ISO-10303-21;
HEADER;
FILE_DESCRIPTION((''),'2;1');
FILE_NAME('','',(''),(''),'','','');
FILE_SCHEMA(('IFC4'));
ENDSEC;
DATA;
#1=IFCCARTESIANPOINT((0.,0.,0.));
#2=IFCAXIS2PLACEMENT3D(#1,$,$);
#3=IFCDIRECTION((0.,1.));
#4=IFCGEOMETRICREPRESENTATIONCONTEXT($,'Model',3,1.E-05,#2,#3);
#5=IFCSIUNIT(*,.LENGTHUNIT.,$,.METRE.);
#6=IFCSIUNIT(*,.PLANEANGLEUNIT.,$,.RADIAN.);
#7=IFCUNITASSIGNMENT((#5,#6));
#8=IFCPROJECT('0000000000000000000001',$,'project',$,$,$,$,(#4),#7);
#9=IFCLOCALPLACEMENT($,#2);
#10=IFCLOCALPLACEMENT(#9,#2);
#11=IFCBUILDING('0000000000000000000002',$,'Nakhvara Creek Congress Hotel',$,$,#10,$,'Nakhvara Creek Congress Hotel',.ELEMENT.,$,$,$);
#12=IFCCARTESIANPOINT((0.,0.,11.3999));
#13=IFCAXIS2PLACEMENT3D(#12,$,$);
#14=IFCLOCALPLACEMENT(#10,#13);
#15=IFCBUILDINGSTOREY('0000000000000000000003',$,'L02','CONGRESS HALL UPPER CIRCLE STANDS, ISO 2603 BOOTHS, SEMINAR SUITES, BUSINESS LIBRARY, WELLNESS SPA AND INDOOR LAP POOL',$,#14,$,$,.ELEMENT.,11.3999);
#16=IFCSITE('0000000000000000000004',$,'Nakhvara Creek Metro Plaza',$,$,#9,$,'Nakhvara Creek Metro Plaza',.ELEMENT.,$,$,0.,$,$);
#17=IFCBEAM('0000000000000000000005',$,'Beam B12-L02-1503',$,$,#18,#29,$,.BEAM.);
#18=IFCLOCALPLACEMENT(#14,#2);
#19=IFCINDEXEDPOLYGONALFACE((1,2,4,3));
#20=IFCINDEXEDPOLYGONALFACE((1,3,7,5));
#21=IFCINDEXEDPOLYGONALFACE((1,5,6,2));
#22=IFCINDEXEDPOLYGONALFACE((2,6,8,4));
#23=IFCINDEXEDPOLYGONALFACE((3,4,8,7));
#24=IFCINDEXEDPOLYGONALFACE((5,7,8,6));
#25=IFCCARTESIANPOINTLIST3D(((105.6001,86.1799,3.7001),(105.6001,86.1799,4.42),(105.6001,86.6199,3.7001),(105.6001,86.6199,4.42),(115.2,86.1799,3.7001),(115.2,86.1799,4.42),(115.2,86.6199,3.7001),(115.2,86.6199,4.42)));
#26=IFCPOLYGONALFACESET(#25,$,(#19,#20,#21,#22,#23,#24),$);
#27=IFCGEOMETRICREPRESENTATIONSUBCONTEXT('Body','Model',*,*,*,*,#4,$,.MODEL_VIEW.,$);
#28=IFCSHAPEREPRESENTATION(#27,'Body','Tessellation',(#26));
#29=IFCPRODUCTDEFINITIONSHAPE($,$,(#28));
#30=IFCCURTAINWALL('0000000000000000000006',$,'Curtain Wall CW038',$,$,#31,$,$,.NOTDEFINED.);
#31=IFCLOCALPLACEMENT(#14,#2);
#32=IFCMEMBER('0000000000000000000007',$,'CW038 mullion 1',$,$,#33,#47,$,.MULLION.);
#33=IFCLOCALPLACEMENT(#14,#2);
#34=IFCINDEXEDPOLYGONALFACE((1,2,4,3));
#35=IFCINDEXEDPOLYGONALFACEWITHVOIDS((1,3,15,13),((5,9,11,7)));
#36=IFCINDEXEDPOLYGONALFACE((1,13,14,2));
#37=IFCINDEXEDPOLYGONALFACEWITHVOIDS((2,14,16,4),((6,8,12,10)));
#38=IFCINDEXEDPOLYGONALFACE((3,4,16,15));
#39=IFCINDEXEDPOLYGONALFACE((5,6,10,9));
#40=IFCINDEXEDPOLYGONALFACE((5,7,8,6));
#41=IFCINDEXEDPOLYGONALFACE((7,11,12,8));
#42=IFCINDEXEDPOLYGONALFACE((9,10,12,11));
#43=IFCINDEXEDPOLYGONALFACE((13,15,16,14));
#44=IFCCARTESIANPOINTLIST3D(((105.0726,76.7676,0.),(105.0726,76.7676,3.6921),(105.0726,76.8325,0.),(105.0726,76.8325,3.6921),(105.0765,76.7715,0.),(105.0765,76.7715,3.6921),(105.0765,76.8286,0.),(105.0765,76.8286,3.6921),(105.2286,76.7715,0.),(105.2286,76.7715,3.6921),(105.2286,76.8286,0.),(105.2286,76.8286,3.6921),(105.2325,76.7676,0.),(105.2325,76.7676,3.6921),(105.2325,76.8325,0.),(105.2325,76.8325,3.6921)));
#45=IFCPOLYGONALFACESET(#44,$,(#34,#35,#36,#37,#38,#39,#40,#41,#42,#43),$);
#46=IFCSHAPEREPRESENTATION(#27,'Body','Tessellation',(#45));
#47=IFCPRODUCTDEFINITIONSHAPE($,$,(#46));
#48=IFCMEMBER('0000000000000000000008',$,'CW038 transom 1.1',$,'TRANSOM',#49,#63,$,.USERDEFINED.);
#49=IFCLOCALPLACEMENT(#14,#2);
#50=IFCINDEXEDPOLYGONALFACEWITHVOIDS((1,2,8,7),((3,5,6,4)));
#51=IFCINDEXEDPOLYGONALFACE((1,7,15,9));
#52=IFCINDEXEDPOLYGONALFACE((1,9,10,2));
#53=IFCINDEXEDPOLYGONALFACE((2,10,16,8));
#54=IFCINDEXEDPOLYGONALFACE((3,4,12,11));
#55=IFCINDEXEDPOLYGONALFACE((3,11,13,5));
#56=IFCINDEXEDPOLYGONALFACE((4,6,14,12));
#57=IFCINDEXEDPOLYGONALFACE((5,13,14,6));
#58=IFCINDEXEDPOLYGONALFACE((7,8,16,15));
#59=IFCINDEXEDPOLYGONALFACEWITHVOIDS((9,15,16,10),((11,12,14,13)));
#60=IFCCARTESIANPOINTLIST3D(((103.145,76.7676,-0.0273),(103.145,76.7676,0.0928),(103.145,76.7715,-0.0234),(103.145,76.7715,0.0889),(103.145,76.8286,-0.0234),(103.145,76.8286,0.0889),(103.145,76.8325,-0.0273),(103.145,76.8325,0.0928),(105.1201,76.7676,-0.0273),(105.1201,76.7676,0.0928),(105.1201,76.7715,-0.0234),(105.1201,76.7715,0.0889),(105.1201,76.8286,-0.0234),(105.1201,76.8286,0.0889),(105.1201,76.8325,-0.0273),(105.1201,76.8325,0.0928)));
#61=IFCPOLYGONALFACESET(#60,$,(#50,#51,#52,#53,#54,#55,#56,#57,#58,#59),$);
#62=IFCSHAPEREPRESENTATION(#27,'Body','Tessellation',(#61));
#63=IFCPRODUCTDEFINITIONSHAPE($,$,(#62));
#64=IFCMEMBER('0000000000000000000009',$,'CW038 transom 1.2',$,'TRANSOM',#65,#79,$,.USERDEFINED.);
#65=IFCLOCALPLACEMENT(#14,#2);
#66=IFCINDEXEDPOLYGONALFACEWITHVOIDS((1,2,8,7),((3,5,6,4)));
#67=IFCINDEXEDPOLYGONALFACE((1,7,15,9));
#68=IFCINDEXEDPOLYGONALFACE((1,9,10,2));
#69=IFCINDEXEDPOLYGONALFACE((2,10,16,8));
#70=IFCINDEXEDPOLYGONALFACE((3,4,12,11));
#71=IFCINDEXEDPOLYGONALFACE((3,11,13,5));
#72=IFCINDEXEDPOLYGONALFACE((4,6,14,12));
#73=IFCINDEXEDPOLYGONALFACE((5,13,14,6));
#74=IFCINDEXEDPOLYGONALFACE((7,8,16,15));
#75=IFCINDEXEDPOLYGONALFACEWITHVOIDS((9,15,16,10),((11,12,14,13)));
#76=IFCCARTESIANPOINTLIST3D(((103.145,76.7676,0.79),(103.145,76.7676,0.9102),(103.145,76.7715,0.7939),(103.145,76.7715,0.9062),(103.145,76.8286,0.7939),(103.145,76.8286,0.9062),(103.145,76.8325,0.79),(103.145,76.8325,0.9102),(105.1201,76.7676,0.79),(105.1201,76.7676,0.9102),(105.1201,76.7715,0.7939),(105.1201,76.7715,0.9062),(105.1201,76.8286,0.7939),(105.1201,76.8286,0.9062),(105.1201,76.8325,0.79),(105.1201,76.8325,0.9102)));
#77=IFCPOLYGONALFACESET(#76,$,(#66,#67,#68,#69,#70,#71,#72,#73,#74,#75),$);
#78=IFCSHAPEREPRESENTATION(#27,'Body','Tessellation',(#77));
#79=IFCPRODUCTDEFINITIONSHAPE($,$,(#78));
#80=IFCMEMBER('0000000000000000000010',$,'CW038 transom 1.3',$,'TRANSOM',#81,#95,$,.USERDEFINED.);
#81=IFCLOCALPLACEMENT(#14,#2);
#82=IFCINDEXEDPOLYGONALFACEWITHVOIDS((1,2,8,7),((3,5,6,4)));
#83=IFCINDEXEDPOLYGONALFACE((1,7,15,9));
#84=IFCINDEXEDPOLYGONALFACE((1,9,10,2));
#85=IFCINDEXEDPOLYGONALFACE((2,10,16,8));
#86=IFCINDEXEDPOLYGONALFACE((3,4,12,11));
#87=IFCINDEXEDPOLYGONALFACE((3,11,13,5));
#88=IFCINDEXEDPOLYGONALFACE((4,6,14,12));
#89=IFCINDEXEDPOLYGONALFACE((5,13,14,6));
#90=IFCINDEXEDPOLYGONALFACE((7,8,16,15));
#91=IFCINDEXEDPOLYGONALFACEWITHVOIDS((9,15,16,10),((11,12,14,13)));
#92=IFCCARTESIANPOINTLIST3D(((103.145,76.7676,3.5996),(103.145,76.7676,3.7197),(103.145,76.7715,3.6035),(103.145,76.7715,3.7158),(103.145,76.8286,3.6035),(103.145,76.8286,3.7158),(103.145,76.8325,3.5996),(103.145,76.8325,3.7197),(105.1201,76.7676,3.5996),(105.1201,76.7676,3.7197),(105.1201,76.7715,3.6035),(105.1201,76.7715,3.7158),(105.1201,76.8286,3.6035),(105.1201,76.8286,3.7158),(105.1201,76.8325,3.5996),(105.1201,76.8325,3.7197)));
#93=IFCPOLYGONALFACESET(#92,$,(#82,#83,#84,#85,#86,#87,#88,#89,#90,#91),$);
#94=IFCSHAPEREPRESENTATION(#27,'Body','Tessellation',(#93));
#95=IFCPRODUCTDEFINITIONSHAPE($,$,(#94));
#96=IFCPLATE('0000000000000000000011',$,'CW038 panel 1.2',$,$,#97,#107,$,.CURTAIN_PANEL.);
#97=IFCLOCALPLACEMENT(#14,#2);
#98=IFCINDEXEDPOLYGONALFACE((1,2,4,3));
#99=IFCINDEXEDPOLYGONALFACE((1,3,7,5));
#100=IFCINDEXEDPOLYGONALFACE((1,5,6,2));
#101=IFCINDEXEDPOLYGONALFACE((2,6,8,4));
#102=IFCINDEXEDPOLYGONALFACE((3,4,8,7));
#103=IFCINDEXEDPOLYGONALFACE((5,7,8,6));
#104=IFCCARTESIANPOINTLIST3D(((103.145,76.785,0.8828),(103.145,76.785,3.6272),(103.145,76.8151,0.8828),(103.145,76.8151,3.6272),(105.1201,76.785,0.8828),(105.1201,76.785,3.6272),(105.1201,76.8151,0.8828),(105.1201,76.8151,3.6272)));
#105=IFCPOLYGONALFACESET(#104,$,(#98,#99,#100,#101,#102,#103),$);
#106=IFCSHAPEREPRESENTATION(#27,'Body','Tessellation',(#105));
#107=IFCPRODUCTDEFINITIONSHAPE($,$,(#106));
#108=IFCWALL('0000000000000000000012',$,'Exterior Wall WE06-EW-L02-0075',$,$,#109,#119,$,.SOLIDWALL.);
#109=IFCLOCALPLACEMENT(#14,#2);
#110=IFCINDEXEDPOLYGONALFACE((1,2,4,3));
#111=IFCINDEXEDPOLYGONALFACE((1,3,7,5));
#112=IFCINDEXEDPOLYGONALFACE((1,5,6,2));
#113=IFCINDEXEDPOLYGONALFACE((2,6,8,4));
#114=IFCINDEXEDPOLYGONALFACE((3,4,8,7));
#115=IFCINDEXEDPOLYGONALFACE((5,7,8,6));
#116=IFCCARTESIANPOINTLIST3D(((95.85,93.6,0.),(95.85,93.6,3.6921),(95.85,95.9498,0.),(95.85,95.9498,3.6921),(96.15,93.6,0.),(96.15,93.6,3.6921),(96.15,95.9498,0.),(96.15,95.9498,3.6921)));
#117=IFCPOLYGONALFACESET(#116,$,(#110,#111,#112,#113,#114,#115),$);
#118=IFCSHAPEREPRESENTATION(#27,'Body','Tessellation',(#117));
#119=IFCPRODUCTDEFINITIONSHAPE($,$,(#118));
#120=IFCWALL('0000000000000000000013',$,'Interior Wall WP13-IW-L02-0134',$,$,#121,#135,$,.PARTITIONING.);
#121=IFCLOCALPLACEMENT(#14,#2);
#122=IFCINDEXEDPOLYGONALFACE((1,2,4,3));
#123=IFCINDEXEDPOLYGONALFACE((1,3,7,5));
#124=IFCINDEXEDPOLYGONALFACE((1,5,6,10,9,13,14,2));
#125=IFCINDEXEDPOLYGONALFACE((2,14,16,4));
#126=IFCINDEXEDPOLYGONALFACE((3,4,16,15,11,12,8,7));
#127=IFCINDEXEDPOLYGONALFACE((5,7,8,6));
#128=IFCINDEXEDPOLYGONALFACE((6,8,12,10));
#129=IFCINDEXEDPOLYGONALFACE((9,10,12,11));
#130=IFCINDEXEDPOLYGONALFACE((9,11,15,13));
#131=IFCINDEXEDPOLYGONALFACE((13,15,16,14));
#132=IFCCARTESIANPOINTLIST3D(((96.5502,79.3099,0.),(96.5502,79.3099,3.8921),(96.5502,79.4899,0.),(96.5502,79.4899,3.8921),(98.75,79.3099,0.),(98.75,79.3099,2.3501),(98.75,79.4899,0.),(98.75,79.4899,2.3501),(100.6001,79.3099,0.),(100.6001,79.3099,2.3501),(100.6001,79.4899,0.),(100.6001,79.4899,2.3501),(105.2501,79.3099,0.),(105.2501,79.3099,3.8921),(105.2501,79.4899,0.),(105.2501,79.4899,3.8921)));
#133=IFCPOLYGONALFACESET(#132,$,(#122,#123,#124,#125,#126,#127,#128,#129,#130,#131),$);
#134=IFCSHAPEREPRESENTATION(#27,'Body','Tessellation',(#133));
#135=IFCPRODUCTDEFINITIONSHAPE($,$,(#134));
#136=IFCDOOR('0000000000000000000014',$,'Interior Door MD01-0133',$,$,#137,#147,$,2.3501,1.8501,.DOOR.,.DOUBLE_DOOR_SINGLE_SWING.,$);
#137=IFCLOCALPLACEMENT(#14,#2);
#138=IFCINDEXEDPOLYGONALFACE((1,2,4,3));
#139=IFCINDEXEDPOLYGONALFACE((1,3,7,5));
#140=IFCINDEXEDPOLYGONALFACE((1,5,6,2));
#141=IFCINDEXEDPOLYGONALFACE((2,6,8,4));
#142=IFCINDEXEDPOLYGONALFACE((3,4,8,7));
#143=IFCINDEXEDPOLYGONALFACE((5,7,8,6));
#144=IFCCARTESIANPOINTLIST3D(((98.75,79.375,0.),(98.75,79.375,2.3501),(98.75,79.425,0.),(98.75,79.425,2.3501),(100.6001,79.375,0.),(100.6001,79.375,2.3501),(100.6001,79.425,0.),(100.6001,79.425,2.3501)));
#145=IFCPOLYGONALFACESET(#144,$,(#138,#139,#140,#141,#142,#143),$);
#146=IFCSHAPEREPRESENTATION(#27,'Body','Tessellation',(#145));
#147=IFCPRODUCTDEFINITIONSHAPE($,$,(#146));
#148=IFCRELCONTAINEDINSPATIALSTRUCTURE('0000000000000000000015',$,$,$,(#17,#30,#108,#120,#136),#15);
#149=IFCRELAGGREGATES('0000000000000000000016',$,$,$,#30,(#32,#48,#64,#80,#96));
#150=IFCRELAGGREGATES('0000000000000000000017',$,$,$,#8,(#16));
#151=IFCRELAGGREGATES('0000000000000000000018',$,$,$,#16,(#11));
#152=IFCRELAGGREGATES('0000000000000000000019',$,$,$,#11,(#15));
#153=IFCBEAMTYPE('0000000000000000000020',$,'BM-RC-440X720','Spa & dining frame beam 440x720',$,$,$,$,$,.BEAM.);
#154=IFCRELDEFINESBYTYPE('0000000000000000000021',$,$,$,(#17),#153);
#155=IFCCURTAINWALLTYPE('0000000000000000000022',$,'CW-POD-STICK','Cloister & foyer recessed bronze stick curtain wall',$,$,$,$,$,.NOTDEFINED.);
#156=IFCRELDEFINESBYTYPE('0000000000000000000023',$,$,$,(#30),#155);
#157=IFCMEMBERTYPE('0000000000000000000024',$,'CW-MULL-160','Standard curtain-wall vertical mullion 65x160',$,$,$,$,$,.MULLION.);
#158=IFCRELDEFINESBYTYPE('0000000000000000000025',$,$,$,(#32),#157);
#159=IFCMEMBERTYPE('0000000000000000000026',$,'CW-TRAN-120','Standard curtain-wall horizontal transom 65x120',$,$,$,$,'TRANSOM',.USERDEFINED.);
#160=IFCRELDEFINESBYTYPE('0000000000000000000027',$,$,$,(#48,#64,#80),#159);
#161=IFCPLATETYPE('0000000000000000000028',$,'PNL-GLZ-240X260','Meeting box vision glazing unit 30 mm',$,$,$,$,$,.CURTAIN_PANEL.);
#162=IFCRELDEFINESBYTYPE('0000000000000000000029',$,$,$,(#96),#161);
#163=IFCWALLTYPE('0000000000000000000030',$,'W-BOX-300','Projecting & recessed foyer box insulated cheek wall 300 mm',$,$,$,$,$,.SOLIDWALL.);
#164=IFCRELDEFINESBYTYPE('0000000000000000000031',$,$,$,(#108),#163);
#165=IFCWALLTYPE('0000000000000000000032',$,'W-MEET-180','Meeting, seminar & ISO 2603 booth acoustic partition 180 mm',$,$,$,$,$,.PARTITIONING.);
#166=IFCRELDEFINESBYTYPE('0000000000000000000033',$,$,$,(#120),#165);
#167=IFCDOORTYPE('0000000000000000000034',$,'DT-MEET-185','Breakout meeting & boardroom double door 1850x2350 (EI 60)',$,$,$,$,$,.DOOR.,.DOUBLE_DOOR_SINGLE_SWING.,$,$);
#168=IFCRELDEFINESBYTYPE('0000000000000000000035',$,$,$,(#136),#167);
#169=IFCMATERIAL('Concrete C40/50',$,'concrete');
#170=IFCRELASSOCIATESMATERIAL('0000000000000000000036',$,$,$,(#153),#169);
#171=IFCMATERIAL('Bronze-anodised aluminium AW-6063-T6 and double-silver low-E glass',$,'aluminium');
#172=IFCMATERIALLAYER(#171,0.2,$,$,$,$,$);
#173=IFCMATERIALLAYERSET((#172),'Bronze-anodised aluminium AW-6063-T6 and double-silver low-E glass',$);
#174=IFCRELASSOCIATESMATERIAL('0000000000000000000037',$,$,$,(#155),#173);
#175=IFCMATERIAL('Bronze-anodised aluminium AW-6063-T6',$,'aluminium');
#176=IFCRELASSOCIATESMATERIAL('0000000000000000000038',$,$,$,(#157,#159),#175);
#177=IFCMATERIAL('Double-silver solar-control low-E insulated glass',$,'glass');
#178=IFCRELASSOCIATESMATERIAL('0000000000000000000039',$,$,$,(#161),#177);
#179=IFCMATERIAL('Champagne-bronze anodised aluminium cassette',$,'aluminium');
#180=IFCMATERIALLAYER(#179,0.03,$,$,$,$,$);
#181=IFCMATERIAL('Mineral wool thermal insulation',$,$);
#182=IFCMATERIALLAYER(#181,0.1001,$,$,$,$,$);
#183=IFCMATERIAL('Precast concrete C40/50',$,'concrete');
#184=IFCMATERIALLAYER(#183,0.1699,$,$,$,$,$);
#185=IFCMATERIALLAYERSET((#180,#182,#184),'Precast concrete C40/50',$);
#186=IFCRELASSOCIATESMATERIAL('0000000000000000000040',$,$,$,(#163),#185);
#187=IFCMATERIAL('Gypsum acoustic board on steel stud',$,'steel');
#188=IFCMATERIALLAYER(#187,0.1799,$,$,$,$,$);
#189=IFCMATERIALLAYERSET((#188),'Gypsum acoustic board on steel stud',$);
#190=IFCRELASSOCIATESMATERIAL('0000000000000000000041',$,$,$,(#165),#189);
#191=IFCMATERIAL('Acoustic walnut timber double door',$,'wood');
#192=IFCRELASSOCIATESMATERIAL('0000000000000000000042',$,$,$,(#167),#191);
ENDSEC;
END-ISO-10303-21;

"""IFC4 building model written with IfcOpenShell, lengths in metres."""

from ifc_helpers import new_model, si_unit, direction, frame, frame_2d, origin, origin_2d, place, context, subcontext, project, spatial, rectangle, hollow_rectangle, extrude, material, layer, layer_set, material_profile, profile_set, type_object, element, fill, aggregate, save


model = new_model("IFC4")

# Units and contexts
model_context = context("Model", 3, precision=1e-05, world=origin(), true_north=direction((0.0, 1.0)))
body_context = subcontext(model_context, "Body", "Model", "MODEL_VIEW")
ifc_project = project(units=[si_unit("LENGTHUNIT", "METRE"), si_unit("PLANEANGLEUNIT", "RADIAN")], contexts=[model_context])

# Site, building, storey
site_placement = place(None, origin())
site = spatial("IfcSite", under=ifc_project, at=site_placement, Name="Nakhvara Creek Metro Plaza", LongName="Nakhvara Creek Metro Plaza", CompositionType="ELEMENT", RefElevation=0.0)
building_placement = place(site_placement, origin())
building = spatial("IfcBuilding", under=site, at=building_placement, Name="Nakhvara Creek Congress Hotel", LongName="Nakhvara Creek Congress Hotel", CompositionType="ELEMENT")
storey_placement = place(building_placement, frame((0.0, 0.0, 11.3999)))
storey = spatial("IfcBuildingStorey", under=building, at=storey_placement, Name="L02", Description="CONGRESS HALL UPPER CIRCLE STANDS, ISO 2603 BOOTHS, SEMINAR SUITES, BUSINESS LIBRARY, WELLNESS SPA AND INDOOR LAP POOL", CompositionType="ELEMENT", Elevation=11.3999)

# Beam
ifc_material_1 = material(Name="Concrete C40/50", Category="concrete")
ifc_material_profile_1 = material_profile(ifc_material_1, rectangle(XDim=0.4399, YDim=0.72, at=origin_2d()), Name="RC-BM 440x720", Category="LoadBearing")
ifc_profile_set_1 = profile_set([ifc_material_profile_1], Name="Concrete C40/50")
beam_type_1 = type_object("IfcBeamType", Name="BM-RC-440X720", Description="Spa & dining frame beam 440x720", PredefinedType="BEAM", material=ifc_profile_set_1)
beam_1_placement = place(storey_placement, frame((105.6001, 86.3999, 4.0601), z_axis=(1.0, 0.0, 0.0), x_axis=(0.0, 1.0, 0.0)))
element("IfcBeam", 1, at=beam_1_placement, inside=storey, type_object=beam_type_1, Name="Beam B12-L02-1503", PredefinedType="BEAM", context=body_context, shape_type="SweptSolid", body=[
    extrude(rectangle(XDim=0.4399, YDim=0.72, at=origin_2d()), origin(), (0.0, 0.0, 1.0), 9.5999),
])

# Curtain wall, members, plate
ifc_material_2 = material(Name="Bronze-anodised aluminium AW-6063-T6 and double-silver low-E glass", Category="aluminium")
ifc_layer_1 = layer(ifc_material_2, 0.2)
ifc_layer_set_1 = layer_set([ifc_layer_1], Name="Bronze-anodised aluminium AW-6063-T6 and double-silver low-E glass")
curtain_wall_type = type_object("IfcCurtainWallType", Name="CW-POD-STICK", Description="Cloister & foyer recessed bronze stick curtain wall", PredefinedType="NOTDEFINED", material=ifc_layer_set_1)
curtain_wall_placement = place(storey_placement, origin())
curtain_wall = element("IfcCurtainWall", 2, at=curtain_wall_placement, inside=storey, type_object=curtain_wall_type, Name="Curtain Wall CW038", PredefinedType="NOTDEFINED")
ifc_material_3 = material(Name="Bronze-anodised aluminium AW-6063-T6", Category="aluminium")
ifc_material_profile_2 = material_profile(ifc_material_3, hollow_rectangle(XDim=0.0649, YDim=0.1599, WallThickness=0.0039, at=origin_2d()), Name="ALU-MULL 65x160x4", Category="LoadBearing")
ifc_profile_set_2 = profile_set([ifc_material_profile_2], Name="Bronze-anodised aluminium AW-6063-T6")
member_type_1 = type_object("IfcMemberType", Name="CW-MULL-160", Description="Standard curtain-wall vertical mullion 65x160", PredefinedType="MULLION", material=ifc_profile_set_2)
member_1_placement = place(storey_placement, frame((105.1526, 76.8, 0.0), z_axis=(0.0, 0.0, 1.0), x_axis=(0.0, -1.0, 0.0)))
member_1 = element("IfcMember", 3, at=member_1_placement, type_object=member_type_1, Name="CW038 mullion 1", PredefinedType="MULLION", context=body_context, shape_type="SweptSolid", body=[
    extrude(hollow_rectangle(XDim=0.0649, YDim=0.1599, WallThickness=0.0039, at=origin_2d()), origin(), (0.0, 0.0, 1.0), 3.6921),
])
ifc_material_profile_3 = material_profile(ifc_material_3, hollow_rectangle(XDim=0.0649, YDim=0.1201, WallThickness=0.0039, at=origin_2d()), Name="ALU-TRAN 65x120x4", Category="LoadBearing")
ifc_profile_set_3 = profile_set([ifc_material_profile_3], Name="Bronze-anodised aluminium AW-6063-T6")
member_type_2 = type_object("IfcMemberType", Name="CW-TRAN-120", Description="Standard curtain-wall horizontal transom 65x120", ElementType="TRANSOM", PredefinedType="USERDEFINED", material=ifc_profile_set_3)
member_2_placement = place(storey_placement, frame((105.1201, 76.8, 0.0327), z_axis=(-1.0, 0.0, 0.0), x_axis=(0.0, -1.0, 0.0)))
member_2 = element("IfcMember", 4, at=member_2_placement, type_object=member_type_2, Name="CW038 transom 1.1", ObjectType="TRANSOM", PredefinedType="USERDEFINED", context=body_context, shape_type="SweptSolid", body=[
    extrude(hollow_rectangle(XDim=0.0649, YDim=0.1201, WallThickness=0.0039, at=origin_2d()), origin(), (0.0, 0.0, 1.0), 1.9751),
])
member_3_placement = place(storey_placement, frame((105.1201, 76.8, 0.8501), z_axis=(-1.0, 0.0, 0.0), x_axis=(0.0, -1.0, 0.0)))
member_3 = element("IfcMember", 5, at=member_3_placement, type_object=member_type_2, Name="CW038 transom 1.2", ObjectType="TRANSOM", PredefinedType="USERDEFINED", context=body_context, shape_type="SweptSolid", body=[
    extrude(hollow_rectangle(XDim=0.0649, YDim=0.1201, WallThickness=0.0039, at=origin_2d()), origin(), (0.0, 0.0, 1.0), 1.9751),
])
member_4_placement = place(storey_placement, frame((105.1201, 76.8, 3.6597), z_axis=(-1.0, 0.0, 0.0), x_axis=(0.0, -1.0, 0.0)))
member_4 = element("IfcMember", 6, at=member_4_placement, type_object=member_type_2, Name="CW038 transom 1.3", ObjectType="TRANSOM", PredefinedType="USERDEFINED", context=body_context, shape_type="SweptSolid", body=[
    extrude(hollow_rectangle(XDim=0.0649, YDim=0.1201, WallThickness=0.0039, at=origin_2d()), origin(), (0.0, 0.0, 1.0), 1.9751),
])
ifc_material_4 = material(Name="Double-silver solar-control low-E insulated glass", Category="glass")
plate_type = type_object("IfcPlateType", Name="PNL-GLZ-240X260", Description="Meeting box vision glazing unit 30 mm", PredefinedType="CURTAIN_PANEL", material=ifc_material_4)
plate_placement = place(storey_placement, frame((104.1326, 76.8, 0.8828), z_axis=(0.0, 0.0, 1.0), x_axis=(-1.0, 0.0, 0.0)))
plate = element("IfcPlate", 7, at=plate_placement, type_object=plate_type, Name="CW038 panel 1.2", PredefinedType="CURTAIN_PANEL", context=body_context, shape_type="SweptSolid", body=[
    extrude(rectangle(XDim=1.9751, YDim=0.03, at=origin_2d()), origin(), (0.0, 0.0, 1.0), 2.7444),
])
aggregate(curtain_wall, [member_1, member_2, member_3, member_4, plate])

# Wall
ifc_material_5 = material(Name="Champagne-bronze anodised aluminium cassette", Category="aluminium")
ifc_layer_2 = layer(ifc_material_5, 0.03)
ifc_material_6 = material(Name="Mineral wool thermal insulation")
ifc_layer_3 = layer(ifc_material_6, 0.1001)
ifc_material_7 = material(Name="Precast concrete C40/50", Category="concrete")
ifc_layer_4 = layer(ifc_material_7, 0.1699)
ifc_layer_set_2 = layer_set([ifc_layer_2, ifc_layer_3, ifc_layer_4], Name="Precast concrete C40/50")
wall_type_1 = type_object("IfcWallType", Name="W-BOX-300", Description="Projecting & recessed foyer box insulated cheek wall 300 mm", PredefinedType="SOLIDWALL", material=ifc_layer_set_2)
wall_1_placement = place(storey_placement, frame((96.0, 93.6001, 0.0), z_axis=(0.0, 0.0, 1.0), x_axis=(0.0, 1.0, 0.0)))
element("IfcWall", 8, at=wall_1_placement, inside=storey, type_object=wall_type_1, Name="Exterior Wall WE06-EW-L02-0075", PredefinedType="SOLIDWALL", context=body_context, shape_type="SweptSolid", body=[
    extrude(rectangle(XDim=2.3499, YDim=0.3, at=frame_2d((1.1748, 0.0))), origin(), (0.0, 0.0, 1.0), 3.6921),
])

# Wall, opening, door
ifc_material_8 = material(Name="Gypsum acoustic board on steel stud", Category="steel")
ifc_layer_5 = layer(ifc_material_8, 0.1799)
ifc_layer_set_3 = layer_set([ifc_layer_5], Name="Gypsum acoustic board on steel stud")
wall_type_2 = type_object("IfcWallType", Name="W-MEET-180", Description="Meeting, seminar & ISO 2603 booth acoustic partition 180 mm", PredefinedType="PARTITIONING", material=ifc_layer_set_3)
wall_2_placement = place(storey_placement, frame((96.55, 79.3999, 0.0), z_axis=(0.0, 0.0, 1.0), x_axis=(1.0, 0.0, 0.0)))
wall_2 = element("IfcWall", 9, at=wall_2_placement, inside=storey, type_object=wall_type_2, Name="Interior Wall WP13-IW-L02-0134", PredefinedType="PARTITIONING", context=body_context, shape_type="SweptSolid", body=[
    extrude(rectangle(XDim=8.7, YDim=0.1799, at=frame_2d((4.3501, 0.0))), origin(), (0.0, 0.0, 1.0), 3.8921),
])
opening_1_placement = place(wall_2_placement, frame((2.2, 0.0, 0.0)))
opening_1 = element("IfcOpeningElement", 10, at=opening_1_placement, cuts=wall_2, PredefinedType="OPENING", context=body_context, shape_type="SweptSolid", body=[
    extrude(rectangle(XDim=1.8501, YDim=2.3501, at=frame_2d((0.925, 1.175))), frame((0.0, 0.1021, 0.0), z_axis=(0.0, -1.0, 0.0), x_axis=(1.0, 0.0, 0.0)), (0.0, 0.0, 1.0), 0.2039),
])
ifc_material_9 = material(Name="Acoustic walnut timber double door", Category="wood")
door_type = type_object("IfcDoorType", Name="DT-MEET-185", Description="Breakout meeting & boardroom double door 1850x2350 (EI 60)", OperationType="DOUBLE_DOOR_SINGLE_SWING", PredefinedType="DOOR", material=ifc_material_9)
door_1_placement = place(opening_1_placement, frame((1.8501, 0.0, 0.0), z_axis=(0.0, 0.0, 1.0), x_axis=(-1.0, 0.0, 0.0)))
door_1 = element("IfcDoor", 11, at=door_1_placement, inside=storey, type_object=door_type, Name="Interior Door MD01-0133", OperationType="DOUBLE_DOOR_SINGLE_SWING", OverallHeight=2.3501, OverallWidth=1.8501, PredefinedType="DOOR", context=body_context, shape_type="SweptSolid", body=[
    extrude(rectangle(XDim=1.8501, YDim=2.3501, at=frame_2d((0.925, 1.175))), frame((0.0, 0.0249, 0.0), z_axis=(0.0, -1.0, 0.0), x_axis=(1.0, 0.0, 0.0)), (0.0, 0.0, 1.0), 0.05),
])
fill(opening_1, door_1)

save(model, "model.ifc")
